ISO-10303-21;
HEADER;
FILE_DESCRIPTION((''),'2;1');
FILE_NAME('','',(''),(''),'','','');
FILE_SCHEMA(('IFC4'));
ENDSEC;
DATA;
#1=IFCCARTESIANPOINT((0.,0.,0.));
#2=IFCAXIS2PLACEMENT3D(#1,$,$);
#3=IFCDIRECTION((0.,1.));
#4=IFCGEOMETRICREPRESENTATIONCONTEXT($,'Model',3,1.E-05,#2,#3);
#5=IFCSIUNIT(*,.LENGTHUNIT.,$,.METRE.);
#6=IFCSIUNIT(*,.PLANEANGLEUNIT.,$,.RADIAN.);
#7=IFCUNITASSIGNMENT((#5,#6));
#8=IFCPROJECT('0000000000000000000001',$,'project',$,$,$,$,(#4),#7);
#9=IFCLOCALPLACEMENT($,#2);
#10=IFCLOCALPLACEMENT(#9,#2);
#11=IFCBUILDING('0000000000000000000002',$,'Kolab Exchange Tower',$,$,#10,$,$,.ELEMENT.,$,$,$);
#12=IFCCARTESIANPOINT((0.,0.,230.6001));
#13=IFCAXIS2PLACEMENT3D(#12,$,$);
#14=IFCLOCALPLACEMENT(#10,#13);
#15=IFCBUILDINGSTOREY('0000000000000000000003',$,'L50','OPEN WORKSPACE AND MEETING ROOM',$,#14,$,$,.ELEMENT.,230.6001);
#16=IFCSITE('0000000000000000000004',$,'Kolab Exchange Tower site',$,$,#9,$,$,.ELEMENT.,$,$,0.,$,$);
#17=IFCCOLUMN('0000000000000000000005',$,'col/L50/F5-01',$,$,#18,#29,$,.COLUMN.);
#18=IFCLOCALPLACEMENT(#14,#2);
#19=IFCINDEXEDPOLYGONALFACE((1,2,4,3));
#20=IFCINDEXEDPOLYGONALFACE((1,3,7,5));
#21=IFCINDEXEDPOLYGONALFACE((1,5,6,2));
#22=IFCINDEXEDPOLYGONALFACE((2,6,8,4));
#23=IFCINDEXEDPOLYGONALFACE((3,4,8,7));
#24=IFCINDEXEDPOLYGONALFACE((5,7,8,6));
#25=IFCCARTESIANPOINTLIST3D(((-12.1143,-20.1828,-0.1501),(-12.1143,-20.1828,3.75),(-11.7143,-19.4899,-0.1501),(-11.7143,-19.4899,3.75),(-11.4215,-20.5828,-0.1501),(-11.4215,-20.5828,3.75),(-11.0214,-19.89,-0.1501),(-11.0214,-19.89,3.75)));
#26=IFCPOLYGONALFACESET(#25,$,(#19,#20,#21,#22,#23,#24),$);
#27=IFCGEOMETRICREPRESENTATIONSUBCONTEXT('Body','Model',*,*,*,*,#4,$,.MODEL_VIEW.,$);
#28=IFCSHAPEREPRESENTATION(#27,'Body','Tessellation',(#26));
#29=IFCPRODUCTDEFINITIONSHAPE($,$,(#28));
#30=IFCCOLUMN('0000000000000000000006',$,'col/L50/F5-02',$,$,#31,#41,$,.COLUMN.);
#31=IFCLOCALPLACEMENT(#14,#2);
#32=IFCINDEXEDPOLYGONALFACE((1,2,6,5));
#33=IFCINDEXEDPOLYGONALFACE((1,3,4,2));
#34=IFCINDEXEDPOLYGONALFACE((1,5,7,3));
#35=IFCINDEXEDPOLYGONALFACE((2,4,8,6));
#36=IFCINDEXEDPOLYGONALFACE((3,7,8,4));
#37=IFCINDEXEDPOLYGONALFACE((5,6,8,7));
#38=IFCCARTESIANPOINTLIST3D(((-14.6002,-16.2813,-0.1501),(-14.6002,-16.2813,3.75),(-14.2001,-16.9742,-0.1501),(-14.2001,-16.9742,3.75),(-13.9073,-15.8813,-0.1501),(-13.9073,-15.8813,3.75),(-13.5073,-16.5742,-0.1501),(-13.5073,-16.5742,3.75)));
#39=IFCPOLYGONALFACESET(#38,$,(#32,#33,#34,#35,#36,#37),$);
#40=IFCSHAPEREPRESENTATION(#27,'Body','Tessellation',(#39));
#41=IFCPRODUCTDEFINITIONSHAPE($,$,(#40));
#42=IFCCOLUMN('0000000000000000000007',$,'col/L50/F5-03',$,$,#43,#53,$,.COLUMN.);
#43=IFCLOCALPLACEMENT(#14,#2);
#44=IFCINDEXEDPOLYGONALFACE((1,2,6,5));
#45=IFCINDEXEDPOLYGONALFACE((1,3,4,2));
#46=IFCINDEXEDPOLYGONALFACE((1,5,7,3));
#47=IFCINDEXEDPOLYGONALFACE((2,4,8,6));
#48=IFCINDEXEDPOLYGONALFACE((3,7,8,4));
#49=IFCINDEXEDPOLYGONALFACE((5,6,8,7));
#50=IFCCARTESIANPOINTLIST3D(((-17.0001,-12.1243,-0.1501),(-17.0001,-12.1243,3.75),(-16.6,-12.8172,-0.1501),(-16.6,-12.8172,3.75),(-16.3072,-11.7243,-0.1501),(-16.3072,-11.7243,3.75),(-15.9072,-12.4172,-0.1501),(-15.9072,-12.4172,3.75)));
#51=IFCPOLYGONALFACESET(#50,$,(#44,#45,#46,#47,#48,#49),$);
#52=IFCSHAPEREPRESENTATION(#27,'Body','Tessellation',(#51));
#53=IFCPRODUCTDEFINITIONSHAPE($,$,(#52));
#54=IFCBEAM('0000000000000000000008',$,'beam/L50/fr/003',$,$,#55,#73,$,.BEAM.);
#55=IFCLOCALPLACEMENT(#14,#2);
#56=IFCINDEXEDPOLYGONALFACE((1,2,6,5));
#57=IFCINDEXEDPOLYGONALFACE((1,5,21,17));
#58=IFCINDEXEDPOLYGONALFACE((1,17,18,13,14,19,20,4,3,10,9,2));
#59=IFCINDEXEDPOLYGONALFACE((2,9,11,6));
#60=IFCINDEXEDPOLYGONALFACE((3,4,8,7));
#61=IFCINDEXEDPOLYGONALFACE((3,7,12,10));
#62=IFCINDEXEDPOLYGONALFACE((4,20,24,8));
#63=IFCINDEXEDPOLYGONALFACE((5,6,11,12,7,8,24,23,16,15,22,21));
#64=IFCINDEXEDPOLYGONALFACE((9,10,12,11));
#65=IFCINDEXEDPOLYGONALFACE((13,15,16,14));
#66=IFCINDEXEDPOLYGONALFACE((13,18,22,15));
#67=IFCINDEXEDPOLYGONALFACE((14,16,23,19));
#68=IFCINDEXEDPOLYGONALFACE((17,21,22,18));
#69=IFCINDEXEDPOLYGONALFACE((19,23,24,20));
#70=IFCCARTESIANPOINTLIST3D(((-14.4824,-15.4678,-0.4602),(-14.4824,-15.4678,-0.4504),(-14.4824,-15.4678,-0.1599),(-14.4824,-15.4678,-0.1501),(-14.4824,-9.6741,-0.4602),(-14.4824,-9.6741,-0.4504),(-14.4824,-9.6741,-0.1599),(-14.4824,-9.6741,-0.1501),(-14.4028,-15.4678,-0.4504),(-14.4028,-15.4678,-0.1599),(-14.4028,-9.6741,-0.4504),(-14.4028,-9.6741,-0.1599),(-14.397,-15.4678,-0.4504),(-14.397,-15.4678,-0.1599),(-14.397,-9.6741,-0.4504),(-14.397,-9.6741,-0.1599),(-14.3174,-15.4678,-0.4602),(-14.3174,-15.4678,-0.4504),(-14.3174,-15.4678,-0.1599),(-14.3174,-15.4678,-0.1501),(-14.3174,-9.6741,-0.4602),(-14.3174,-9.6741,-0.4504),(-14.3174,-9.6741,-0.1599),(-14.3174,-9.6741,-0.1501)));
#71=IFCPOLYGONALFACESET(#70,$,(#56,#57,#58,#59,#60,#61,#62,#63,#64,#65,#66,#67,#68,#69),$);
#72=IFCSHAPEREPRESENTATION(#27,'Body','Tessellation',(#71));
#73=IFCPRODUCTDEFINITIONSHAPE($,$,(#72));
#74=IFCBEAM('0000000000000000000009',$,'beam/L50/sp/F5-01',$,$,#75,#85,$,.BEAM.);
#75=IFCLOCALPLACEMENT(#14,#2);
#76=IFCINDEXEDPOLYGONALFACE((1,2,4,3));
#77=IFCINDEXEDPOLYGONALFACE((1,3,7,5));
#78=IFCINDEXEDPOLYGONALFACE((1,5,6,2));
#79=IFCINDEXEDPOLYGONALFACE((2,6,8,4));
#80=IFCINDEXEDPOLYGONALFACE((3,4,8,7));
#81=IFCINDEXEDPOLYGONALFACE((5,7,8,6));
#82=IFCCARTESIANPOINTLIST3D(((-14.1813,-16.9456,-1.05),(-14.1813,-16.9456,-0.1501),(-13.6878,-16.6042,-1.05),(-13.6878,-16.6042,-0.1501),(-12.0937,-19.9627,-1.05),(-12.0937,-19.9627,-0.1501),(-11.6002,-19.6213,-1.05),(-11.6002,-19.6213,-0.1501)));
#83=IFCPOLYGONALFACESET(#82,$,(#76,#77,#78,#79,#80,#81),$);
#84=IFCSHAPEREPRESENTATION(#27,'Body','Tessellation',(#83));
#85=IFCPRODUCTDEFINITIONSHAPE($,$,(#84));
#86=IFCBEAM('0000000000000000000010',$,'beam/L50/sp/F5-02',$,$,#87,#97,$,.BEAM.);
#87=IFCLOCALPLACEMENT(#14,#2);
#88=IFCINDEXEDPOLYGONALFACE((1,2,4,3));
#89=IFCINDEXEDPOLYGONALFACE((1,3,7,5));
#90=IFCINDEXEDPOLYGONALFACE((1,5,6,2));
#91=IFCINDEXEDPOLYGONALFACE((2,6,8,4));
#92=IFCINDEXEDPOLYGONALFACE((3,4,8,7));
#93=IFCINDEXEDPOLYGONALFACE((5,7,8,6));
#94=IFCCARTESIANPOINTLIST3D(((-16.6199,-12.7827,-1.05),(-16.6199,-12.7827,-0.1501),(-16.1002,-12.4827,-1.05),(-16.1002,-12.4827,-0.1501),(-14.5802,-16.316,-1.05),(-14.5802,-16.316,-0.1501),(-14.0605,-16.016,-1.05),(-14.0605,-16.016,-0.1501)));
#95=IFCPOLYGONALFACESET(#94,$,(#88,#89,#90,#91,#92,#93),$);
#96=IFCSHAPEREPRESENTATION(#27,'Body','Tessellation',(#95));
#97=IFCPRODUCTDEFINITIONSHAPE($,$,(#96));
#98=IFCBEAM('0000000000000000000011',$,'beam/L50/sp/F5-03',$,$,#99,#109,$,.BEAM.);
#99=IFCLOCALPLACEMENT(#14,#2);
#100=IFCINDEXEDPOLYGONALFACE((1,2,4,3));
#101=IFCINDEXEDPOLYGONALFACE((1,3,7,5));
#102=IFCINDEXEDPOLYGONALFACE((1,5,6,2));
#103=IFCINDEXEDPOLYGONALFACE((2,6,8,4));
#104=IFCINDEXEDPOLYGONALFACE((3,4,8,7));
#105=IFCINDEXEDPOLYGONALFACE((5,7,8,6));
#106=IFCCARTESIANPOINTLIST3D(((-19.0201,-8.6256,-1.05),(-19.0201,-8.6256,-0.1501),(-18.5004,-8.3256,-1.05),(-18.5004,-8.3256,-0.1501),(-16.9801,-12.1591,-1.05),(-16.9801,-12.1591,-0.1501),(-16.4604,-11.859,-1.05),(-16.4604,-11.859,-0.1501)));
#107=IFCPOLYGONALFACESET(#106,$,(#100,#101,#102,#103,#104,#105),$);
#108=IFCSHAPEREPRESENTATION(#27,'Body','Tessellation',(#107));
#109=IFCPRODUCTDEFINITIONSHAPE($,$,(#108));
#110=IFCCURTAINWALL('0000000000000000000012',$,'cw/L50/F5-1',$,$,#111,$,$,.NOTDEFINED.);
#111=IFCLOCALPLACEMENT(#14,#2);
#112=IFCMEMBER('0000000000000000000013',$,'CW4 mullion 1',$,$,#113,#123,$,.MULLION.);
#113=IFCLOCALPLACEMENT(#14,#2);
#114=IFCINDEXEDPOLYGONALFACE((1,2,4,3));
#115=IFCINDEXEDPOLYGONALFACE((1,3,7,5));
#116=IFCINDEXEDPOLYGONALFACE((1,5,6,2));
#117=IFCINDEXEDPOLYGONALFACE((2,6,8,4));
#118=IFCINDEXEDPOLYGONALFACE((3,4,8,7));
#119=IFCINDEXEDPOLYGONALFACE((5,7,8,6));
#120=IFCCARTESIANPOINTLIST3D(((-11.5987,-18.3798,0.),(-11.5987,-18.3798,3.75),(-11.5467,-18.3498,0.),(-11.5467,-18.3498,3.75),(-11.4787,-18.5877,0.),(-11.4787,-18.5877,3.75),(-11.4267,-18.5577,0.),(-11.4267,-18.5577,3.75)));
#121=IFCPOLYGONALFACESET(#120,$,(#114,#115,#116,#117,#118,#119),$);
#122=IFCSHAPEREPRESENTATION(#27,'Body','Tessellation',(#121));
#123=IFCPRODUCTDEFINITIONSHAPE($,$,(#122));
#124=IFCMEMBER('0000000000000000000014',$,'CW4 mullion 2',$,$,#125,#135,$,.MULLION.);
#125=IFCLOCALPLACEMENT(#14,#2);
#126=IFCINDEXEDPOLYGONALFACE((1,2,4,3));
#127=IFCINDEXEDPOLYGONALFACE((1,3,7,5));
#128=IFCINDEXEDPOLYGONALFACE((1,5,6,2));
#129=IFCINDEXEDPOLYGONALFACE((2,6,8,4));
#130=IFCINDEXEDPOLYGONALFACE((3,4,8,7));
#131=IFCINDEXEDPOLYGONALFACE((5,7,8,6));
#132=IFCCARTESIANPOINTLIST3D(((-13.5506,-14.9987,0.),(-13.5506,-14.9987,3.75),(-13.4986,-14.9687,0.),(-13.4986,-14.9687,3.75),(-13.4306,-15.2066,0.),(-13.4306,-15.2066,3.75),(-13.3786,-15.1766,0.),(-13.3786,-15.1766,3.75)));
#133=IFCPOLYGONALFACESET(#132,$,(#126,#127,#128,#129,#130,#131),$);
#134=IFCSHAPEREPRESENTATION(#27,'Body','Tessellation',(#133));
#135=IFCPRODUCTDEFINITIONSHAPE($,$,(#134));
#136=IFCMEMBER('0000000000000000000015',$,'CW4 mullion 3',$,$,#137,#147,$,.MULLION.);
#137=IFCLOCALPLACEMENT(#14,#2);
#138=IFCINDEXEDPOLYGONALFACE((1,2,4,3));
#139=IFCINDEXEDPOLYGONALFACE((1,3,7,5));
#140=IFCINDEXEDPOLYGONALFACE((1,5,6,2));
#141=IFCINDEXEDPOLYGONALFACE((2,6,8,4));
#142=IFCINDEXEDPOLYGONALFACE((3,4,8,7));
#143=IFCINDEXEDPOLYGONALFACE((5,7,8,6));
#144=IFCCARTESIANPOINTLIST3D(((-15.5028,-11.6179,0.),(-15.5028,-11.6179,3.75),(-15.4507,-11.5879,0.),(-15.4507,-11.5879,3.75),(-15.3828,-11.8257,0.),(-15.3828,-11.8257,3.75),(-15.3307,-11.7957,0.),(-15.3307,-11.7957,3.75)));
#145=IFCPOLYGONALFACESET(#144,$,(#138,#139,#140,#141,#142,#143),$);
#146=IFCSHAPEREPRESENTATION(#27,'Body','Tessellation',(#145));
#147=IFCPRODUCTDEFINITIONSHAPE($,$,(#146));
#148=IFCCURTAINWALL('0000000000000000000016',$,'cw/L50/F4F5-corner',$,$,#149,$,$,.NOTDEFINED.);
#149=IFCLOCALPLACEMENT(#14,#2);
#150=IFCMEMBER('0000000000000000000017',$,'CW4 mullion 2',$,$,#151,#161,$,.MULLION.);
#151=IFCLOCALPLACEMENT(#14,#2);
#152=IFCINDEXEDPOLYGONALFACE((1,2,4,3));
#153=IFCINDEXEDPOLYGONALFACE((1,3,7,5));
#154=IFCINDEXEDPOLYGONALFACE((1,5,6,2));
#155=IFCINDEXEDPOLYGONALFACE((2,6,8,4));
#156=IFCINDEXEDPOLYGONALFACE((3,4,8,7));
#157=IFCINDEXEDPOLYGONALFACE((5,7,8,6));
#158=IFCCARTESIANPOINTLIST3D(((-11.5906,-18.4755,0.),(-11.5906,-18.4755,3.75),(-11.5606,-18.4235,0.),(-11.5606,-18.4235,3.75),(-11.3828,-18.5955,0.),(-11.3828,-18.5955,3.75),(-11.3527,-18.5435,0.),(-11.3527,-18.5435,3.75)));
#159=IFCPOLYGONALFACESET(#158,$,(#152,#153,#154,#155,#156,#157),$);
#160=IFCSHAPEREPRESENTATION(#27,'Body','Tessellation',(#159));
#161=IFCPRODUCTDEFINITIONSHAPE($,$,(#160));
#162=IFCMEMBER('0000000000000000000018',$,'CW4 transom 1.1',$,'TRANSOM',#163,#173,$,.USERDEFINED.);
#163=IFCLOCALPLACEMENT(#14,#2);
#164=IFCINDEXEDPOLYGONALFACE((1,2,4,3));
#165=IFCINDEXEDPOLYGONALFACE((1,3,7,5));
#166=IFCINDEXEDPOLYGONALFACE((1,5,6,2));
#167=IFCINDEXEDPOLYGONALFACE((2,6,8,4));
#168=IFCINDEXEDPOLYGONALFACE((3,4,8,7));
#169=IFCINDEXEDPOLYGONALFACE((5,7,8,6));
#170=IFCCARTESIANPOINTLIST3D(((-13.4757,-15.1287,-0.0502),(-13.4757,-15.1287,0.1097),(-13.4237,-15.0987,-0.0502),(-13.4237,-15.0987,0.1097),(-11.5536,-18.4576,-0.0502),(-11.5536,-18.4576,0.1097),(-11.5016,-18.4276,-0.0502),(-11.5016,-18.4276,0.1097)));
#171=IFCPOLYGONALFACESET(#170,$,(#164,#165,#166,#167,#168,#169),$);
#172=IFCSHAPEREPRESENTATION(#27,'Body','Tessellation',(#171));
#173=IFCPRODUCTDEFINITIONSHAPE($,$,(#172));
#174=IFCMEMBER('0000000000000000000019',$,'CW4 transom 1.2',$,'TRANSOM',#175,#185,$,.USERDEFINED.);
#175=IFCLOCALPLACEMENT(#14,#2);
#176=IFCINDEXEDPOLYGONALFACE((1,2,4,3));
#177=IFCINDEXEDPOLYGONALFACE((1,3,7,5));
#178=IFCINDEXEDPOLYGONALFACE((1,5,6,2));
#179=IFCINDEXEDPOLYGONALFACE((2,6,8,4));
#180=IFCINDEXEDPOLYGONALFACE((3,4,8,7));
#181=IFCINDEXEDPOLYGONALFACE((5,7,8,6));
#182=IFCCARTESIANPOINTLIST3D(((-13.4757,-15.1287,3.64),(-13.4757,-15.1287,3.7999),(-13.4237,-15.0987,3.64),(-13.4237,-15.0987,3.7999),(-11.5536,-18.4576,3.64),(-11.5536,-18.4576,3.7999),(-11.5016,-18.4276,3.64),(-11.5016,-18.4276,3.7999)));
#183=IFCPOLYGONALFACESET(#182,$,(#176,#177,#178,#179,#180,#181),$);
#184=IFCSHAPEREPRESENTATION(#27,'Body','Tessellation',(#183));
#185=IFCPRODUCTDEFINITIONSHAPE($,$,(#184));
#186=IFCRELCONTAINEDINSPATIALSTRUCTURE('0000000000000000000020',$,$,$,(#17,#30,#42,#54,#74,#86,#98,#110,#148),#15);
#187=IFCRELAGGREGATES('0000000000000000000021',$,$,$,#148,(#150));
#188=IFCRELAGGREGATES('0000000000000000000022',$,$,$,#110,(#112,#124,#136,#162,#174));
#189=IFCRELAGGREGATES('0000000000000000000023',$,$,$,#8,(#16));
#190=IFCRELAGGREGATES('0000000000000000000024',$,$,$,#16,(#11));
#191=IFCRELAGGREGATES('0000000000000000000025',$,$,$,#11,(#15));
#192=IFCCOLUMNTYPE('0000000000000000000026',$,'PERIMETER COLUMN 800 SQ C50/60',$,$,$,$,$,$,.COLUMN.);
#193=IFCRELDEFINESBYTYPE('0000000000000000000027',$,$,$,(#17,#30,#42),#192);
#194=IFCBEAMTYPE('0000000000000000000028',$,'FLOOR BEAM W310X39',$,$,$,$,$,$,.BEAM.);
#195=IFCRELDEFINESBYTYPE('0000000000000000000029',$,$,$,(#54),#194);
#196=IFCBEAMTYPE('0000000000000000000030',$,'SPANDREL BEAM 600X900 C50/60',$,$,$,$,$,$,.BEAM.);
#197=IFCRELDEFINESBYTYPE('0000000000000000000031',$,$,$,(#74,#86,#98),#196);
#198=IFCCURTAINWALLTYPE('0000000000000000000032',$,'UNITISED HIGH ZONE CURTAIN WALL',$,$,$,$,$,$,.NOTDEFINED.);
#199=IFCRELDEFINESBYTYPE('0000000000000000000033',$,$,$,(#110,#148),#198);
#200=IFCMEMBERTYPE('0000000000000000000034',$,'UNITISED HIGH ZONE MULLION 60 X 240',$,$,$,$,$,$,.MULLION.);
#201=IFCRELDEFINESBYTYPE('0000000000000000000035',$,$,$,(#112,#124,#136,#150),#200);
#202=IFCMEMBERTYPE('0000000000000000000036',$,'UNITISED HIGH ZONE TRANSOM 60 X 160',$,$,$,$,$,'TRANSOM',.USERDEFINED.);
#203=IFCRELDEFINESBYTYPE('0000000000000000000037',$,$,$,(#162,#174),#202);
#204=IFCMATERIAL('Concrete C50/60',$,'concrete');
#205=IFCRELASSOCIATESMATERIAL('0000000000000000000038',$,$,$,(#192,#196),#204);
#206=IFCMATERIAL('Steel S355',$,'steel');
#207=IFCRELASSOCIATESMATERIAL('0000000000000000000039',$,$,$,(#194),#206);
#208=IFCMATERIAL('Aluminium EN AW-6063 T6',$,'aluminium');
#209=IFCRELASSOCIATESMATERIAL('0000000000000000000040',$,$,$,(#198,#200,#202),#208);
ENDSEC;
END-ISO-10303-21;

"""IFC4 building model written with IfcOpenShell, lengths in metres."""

from ifc_helpers import new_model, si_unit, direction, frame, origin, origin_2d, place, context, subcontext, project, spatial, rectangle, i_section, extrude, material, material_profile, profile_set, type_object, element, aggregate, save


model = new_model("IFC4")

# Units and contexts
model_context = context("Model", 3, precision=1e-05, world=origin(), true_north=direction((0.0, 1.0)))
body_context = subcontext(model_context, "Body", "Model", "MODEL_VIEW")
ifc_project = project(units=[si_unit("LENGTHUNIT", "METRE"), si_unit("PLANEANGLEUNIT", "RADIAN")], contexts=[model_context])

# Site, building, storey
site_placement = place(None, origin())
site = spatial("IfcSite", under=ifc_project, at=site_placement, Name="Kolab Exchange Tower site", CompositionType="ELEMENT", RefElevation=0.0)
building_placement = place(site_placement, origin())
building = spatial("IfcBuilding", under=site, at=building_placement, Name="Kolab Exchange Tower", CompositionType="ELEMENT")
storey_placement = place(building_placement, frame((0.0, 0.0, 230.6001)))
storey = spatial("IfcBuildingStorey", under=building, at=storey_placement, Name="L50", Description="OPEN WORKSPACE AND MEETING ROOM", CompositionType="ELEMENT", Elevation=230.6001)

# Columns
ifc_material_1 = material(Name="Concrete C50/60", Category="concrete")
ifc_material_profile_1 = material_profile(ifc_material_1, rectangle(XDim=0.8, YDim=0.8, at=origin_2d()), Name="RC800")
ifc_profile_set_1 = profile_set([ifc_material_profile_1], Name="Concrete C50/60")
column_type = type_object("IfcColumnType", Name="PERIMETER COLUMN 800 SQ C50/60", PredefinedType="COLUMN", material=ifc_profile_set_1)
for number, where, z_axis, x_axis, name in (
    (1, (-11.5679, -20.0364, -0.1501), (0.0, 0.0, 1.0), (0.5, 0.866025, 0.0), "col/L50/F5-01"),
    (2, (-14.0537, -16.4277, -0.1501), (0.0, 0.0, 1.0), (0.866025, 0.5, 0.0), "col/L50/F5-02"),
    (3, (-16.4536, -12.2708, -0.1501), (0.0, 0.0, 1.0), (0.866025, 0.5, 0.0), "col/L50/F5-03"),
):
    element("IfcColumn", number, at=place(storey_placement, frame(where, z_axis=z_axis, x_axis=x_axis)), inside=storey, type_object=column_type, Name=name, PredefinedType="COLUMN", context=body_context, shape_type="SweptSolid", body=[
        extrude(rectangle(XDim=0.8, YDim=0.8, at=origin_2d()), origin(), (0.0, 0.0, 1.0), 3.9001),
    ])

# Beams
ifc_material_2 = material(Name="Steel S355", Category="steel")
ifc_material_profile_2 = material_profile(ifc_material_2, i_section(OverallWidth=0.165, OverallDepth=0.3101, WebThickness=0.0059, FlangeThickness=0.0098, at=origin_2d()), Name="W310X39")
ifc_profile_set_2 = profile_set([ifc_material_profile_2], Name="Steel S355")
beam_type_1 = type_object("IfcBeamType", Name="FLOOR BEAM W310X39", PredefinedType="BEAM", material=ifc_profile_set_2)
beam_1_placement = place(storey_placement, frame((-14.3999, -15.4678, -0.3052), z_axis=(0.0, 1.0, 0.0), x_axis=(-1.0, 0.0, 0.0)))
element("IfcBeam", 4, at=beam_1_placement, inside=storey, type_object=beam_type_1, Name="beam/L50/fr/003", PredefinedType="BEAM", context=body_context, shape_type="SweptSolid", body=[
    extrude(i_section(OverallWidth=0.165, OverallDepth=0.3101, WebThickness=0.0059, FlangeThickness=0.0098, at=origin_2d()), origin(), (0.0, 0.0, 1.0), 5.7937),
])
ifc_material_profile_3 = material_profile(ifc_material_1, rectangle(XDim=0.6001, YDim=0.8999, at=origin_2d()), Name="RC600X900")
ifc_profile_set_3 = profile_set([ifc_material_profile_3], Name="Concrete C50/60")
beam_type_2 = type_object("IfcBeamType", Name="SPANDREL BEAM 600X900 C50/60", PredefinedType="BEAM", material=ifc_profile_set_3)
beam_2_placement = place(storey_placement, frame((-11.8469, -19.792, -0.6001), z_axis=(-0.569006, 0.822334, 0.0), x_axis=(-0.822334, -0.569006, 0.0)))
element("IfcBeam", 5, at=beam_2_placement, inside=storey, type_object=beam_type_2, Name="beam/L50/sp/F5-01", PredefinedType="BEAM", context=body_context, shape_type="SweptSolid", body=[
    extrude(rectangle(XDim=0.6001, YDim=0.8999, at=origin_2d()), origin(), (0.0, 0.0, 1.0), 3.6689),
])
beam_3_placement = place(storey_placement, frame((-14.3203, -16.166, -0.6001), z_axis=(-0.499956, 0.866051, 0.0), x_axis=(-0.866051, -0.499956, 0.0)))
element("IfcBeam", 6, at=beam_3_placement, inside=storey, type_object=beam_type_2, Name="beam/L50/sp/F5-02", PredefinedType="BEAM", context=body_context, shape_type="SweptSolid", body=[
    extrude(rectangle(XDim=0.6001, YDim=0.8999, at=origin_2d()), origin(), (0.0, 0.0, 1.0), 4.0798),
])
beam_4_placement = place(storey_placement, frame((-16.7202, -12.009, -0.6001), z_axis=(-0.5, 0.866025, 0.0), x_axis=(-0.866025, -0.5, 0.0)))
element("IfcBeam", 7, at=beam_4_placement, inside=storey, type_object=beam_type_2, Name="beam/L50/sp/F5-03", PredefinedType="BEAM", context=body_context, shape_type="SweptSolid", body=[
    extrude(rectangle(XDim=0.6001, YDim=0.8999, at=origin_2d()), origin(), (0.0, 0.0, 1.0), 4.0801),
])

# Curtain wall, members
ifc_material_3 = material(Name="Aluminium EN AW-6063 T6", Category="aluminium")
curtain_wall_type = type_object("IfcCurtainWallType", Name="UNITISED HIGH ZONE CURTAIN WALL", PredefinedType="NOTDEFINED", material=ifc_material_3)
curtain_wall_1_placement = place(storey_placement, origin())
curtain_wall_1 = element("IfcCurtainWall", 8, at=curtain_wall_1_placement, inside=storey, type_object=curtain_wall_type, Name="cw/L50/F5-1", PredefinedType="NOTDEFINED")
ifc_material_profile_4 = material_profile(ifc_material_3, rectangle(XDim=0.0601, YDim=0.24, at=origin_2d()), Name="RECT 60X240")
ifc_profile_set_4 = profile_set([ifc_material_profile_4], Name="Aluminium EN AW-6063 T6")
member_type_1 = type_object("IfcMemberType", Name="UNITISED HIGH ZONE MULLION 60 X 240", PredefinedType="MULLION", material=ifc_profile_set_4)
member_1_placement = place(storey_placement, frame((-11.5127, -18.4688, 0.0), z_axis=(0.0, 0.0, 1.0), x_axis=(-0.866025, -0.5, 0.0)))
member_1 = element("IfcMember", 9, at=member_1_placement, type_object=member_type_1, Name="CW4 mullion 1", PredefinedType="MULLION", context=body_context, shape_type="SweptSolid", body=[
    extrude(rectangle(XDim=0.0601, YDim=0.24, at=origin_2d()), origin(), (0.0, 0.0, 1.0), 3.75),
])
member_2_placement = place(storey_placement, frame((-13.4646, -15.0876, 0.0), z_axis=(0.0, 0.0, 1.0), x_axis=(-0.866025, -0.5, 0.0)))
member_2 = element("IfcMember", 10, at=member_2_placement, type_object=member_type_1, Name="CW4 mullion 2", PredefinedType="MULLION", context=body_context, shape_type="SweptSolid", body=[
    extrude(rectangle(XDim=0.0601, YDim=0.24, at=origin_2d()), origin(), (0.0, 0.0, 1.0), 3.75),
])
member_3_placement = place(storey_placement, frame((-15.4167, -11.7068, 0.0), z_axis=(0.0, 0.0, 1.0), x_axis=(-0.866025, -0.5, 0.0)))
member_3 = element("IfcMember", 11, at=member_3_placement, type_object=member_type_1, Name="CW4 mullion 3", PredefinedType="MULLION", context=body_context, shape_type="SweptSolid", body=[
    extrude(rectangle(XDim=0.0601, YDim=0.24, at=origin_2d()), origin(), (0.0, 0.0, 1.0), 3.75),
])

# Curtain wall, member
curtain_wall_2_placement = place(storey_placement, origin())
curtain_wall_2 = element("IfcCurtainWall", 12, at=curtain_wall_2_placement, inside=storey, type_object=curtain_wall_type, Name="cw/L50/F4F5-corner", PredefinedType="NOTDEFINED")
member_4_placement = place(storey_placement, frame((-11.4717, -18.5095, 0.0), z_axis=(0.0, 0.0, 1.0), x_axis=(-0.5, -0.866025, 0.0)))
member_4 = element("IfcMember", 13, at=member_4_placement, type_object=member_type_1, Name="CW4 mullion 2", PredefinedType="MULLION", context=body_context, shape_type="SweptSolid", body=[
    extrude(rectangle(XDim=0.0601, YDim=0.24, at=origin_2d()), origin(), (0.0, 0.0, 1.0), 3.75),
])
aggregate(curtain_wall_2, [member_4])

# Members
ifc_material_profile_5 = material_profile(ifc_material_3, rectangle(XDim=0.0601, YDim=0.1599, at=origin_2d()), Name="RECT 60X160")
ifc_profile_set_5 = profile_set([ifc_material_profile_5], Name="Aluminium EN AW-6063 T6")
member_type_2 = type_object("IfcMemberType", Name="UNITISED HIGH ZONE TRANSOM 60 X 160", ElementType="TRANSOM", PredefinedType="USERDEFINED", material=ifc_profile_set_5)
member_5_placement = place(storey_placement, frame((-11.5276, -18.4426, 0.0298), z_axis=(-0.500039, 0.866003, 0.0), x_axis=(-0.866003, -0.500039, 0.0)))
member_5 = element("IfcMember", 14, at=member_5_placement, type_object=member_type_2, Name="CW4 transom 1.1", ObjectType="TRANSOM", PredefinedType="USERDEFINED", context=body_context, shape_type="SweptSolid", body=[
    extrude(rectangle(XDim=0.0601, YDim=0.1599, at=origin_2d()), origin(), (0.0, 0.0, 1.0), 3.844),
])
member_6_placement = place(storey_placement, frame((-11.5276, -18.4426, 3.72), z_axis=(-0.500039, 0.866003, 0.0), x_axis=(-0.866003, -0.500039, 0.0)))
member_6 = element("IfcMember", 15, at=member_6_placement, type_object=member_type_2, Name="CW4 transom 1.2", ObjectType="TRANSOM", PredefinedType="USERDEFINED", context=body_context, shape_type="SweptSolid", body=[
    extrude(rectangle(XDim=0.0601, YDim=0.1599, at=origin_2d()), origin(), (0.0, 0.0, 1.0), 3.844),
])

aggregate(curtain_wall_1, [member_1, member_2, member_3, member_5, member_6])

save(model, "model.ifc")
